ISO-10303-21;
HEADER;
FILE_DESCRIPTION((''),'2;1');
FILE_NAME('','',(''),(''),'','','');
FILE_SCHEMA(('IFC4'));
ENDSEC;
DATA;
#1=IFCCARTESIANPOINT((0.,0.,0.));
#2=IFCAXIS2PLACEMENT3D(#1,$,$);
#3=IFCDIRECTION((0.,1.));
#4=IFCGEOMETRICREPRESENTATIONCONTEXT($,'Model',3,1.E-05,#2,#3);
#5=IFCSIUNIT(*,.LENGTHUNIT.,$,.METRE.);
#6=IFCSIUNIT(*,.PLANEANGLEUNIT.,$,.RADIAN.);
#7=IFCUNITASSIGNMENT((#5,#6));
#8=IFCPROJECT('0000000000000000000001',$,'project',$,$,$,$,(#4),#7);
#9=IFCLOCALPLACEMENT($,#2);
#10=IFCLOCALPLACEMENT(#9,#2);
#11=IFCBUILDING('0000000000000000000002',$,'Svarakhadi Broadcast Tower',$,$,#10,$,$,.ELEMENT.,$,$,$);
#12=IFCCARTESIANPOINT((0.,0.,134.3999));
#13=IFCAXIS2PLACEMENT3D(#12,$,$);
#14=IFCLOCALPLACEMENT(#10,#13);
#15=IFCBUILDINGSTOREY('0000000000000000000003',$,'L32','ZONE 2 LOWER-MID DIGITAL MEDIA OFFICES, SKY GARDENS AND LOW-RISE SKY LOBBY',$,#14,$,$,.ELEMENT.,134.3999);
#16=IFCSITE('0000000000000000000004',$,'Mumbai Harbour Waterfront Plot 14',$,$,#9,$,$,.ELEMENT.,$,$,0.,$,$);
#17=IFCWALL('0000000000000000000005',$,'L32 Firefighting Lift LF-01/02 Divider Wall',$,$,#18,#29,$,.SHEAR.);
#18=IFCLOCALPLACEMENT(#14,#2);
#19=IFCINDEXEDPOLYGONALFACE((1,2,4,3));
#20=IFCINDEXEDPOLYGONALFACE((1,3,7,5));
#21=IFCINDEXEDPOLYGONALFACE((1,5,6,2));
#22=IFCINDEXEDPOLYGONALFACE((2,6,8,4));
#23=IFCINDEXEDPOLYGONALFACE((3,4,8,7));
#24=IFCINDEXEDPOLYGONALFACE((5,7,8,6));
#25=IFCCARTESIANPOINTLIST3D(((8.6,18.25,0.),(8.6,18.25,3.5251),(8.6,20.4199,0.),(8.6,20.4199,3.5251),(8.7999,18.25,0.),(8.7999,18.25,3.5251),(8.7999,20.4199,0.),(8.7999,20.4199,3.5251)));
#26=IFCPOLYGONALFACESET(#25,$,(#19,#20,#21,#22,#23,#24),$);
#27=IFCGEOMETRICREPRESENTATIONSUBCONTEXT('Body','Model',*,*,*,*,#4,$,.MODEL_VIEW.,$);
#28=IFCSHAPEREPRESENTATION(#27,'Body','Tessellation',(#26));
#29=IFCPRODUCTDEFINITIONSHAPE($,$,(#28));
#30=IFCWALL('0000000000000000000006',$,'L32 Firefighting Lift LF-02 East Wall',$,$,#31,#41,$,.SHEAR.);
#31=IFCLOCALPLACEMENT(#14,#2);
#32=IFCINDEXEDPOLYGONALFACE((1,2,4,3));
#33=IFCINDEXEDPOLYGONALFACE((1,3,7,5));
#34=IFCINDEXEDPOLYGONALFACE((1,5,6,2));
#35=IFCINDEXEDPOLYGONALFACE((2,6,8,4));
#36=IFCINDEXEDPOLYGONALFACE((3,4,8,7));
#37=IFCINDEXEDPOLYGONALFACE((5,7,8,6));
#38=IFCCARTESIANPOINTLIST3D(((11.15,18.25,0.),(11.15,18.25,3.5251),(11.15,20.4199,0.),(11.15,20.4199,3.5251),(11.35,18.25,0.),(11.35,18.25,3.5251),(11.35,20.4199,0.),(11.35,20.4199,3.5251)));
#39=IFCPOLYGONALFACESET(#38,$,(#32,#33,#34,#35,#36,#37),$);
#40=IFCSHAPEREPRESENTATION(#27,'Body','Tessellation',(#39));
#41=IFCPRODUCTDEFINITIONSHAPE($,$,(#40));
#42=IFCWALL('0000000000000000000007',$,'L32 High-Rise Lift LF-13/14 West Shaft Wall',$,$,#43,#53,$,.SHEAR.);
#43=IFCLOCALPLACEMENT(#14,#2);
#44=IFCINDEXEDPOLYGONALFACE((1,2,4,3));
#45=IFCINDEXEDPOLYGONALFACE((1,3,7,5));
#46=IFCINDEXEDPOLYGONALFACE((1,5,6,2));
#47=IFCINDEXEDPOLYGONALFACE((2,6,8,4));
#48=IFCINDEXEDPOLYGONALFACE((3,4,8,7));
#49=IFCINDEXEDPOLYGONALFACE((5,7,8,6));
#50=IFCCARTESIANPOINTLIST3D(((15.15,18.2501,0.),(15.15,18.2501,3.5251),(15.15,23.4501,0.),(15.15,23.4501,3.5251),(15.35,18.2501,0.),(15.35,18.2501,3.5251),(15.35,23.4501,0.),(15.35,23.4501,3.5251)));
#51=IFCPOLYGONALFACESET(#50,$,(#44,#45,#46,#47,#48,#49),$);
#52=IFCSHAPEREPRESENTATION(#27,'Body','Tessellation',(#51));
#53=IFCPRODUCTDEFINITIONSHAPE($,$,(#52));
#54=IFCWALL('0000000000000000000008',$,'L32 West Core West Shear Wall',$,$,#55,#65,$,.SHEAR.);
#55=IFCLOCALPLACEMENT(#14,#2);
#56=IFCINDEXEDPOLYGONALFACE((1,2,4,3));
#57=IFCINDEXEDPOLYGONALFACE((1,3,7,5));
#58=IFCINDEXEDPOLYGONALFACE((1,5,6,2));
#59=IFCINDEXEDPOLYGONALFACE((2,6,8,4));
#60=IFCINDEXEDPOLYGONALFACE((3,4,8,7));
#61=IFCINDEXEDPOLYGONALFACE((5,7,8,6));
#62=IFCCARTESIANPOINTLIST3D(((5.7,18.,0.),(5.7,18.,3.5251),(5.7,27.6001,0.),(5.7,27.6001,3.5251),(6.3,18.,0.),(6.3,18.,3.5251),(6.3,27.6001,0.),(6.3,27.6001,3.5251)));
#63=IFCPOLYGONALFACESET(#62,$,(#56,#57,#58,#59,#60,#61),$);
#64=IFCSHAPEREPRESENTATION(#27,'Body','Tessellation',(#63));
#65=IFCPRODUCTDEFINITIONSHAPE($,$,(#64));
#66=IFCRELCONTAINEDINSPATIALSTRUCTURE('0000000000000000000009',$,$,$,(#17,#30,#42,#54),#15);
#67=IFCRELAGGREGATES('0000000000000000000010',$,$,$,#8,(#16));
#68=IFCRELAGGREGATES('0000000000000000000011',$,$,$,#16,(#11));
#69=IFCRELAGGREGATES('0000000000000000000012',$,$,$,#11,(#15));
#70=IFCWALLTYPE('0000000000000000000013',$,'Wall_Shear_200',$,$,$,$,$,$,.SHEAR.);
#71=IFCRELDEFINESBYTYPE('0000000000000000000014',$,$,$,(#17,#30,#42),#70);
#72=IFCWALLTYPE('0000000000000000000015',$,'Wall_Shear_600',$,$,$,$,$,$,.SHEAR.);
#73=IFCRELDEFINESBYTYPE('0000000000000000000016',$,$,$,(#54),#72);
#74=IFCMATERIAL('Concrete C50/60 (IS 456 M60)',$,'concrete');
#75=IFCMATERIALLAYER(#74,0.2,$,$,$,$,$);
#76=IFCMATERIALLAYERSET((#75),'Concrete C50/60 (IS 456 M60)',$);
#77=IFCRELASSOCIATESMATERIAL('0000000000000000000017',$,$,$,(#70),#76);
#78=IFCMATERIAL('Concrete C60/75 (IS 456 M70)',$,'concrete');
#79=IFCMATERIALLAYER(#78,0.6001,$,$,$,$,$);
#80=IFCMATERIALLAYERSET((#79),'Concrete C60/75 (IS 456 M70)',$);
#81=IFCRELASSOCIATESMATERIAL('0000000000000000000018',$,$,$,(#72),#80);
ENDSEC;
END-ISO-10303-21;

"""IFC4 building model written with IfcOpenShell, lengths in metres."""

from ifc_helpers import new_model, si_unit, direction, frame, frame_2d, origin, place, context, subcontext, project, spatial, rectangle, extrude, material, layer, layer_set, type_object, element, save


model = new_model("IFC4")

# Units and contexts
model_context = context("Model", 3, precision=1e-05, world=origin(), true_north=direction((0.0, 1.0)))
body_context = subcontext(model_context, "Body", "Model", "MODEL_VIEW")
ifc_project = project(units=[si_unit("LENGTHUNIT", "METRE"), si_unit("PLANEANGLEUNIT", "RADIAN")], contexts=[model_context])

# Site, building, storey
site_placement = place(None, origin())
site = spatial("IfcSite", under=ifc_project, at=site_placement, Name="Mumbai Harbour Waterfront Plot 14", CompositionType="ELEMENT", RefElevation=0.0)
building_placement = place(site_placement, origin())
building = spatial("IfcBuilding", under=site, at=building_placement, Name="Svarakhadi Broadcast Tower", CompositionType="ELEMENT")
storey_placement = place(building_placement, frame((0.0, 0.0, 134.3999)))
storey = spatial("IfcBuildingStorey", under=building, at=storey_placement, Name="L32", Description="ZONE 2 LOWER-MID DIGITAL MEDIA OFFICES, SKY GARDENS AND LOW-RISE SKY LOBBY", CompositionType="ELEMENT", Elevation=134.3999)

# Shared definitions
ifc_material_1 = material(Name="Concrete C50/60 (IS 456 M60)", Category="concrete")

# Shared definitions
ifc_layer_1 = layer(ifc_material_1, 0.2)
ifc_layer_set_1 = layer_set([ifc_layer_1], Name="Concrete C50/60 (IS 456 M60)")
wall_type_1 = type_object("IfcWallType", Name="Wall_Shear_200", PredefinedType="SHEAR", material=ifc_layer_set_1)

# Walls
for number, where, z_axis, x_axis, name in (
    (1, (8.7, 18.25, 0.0), (0.0, 0.0, 1.0), (0.0, 1.0, 0.0), "L32 Firefighting Lift LF-01/02 Divider Wall"),
    (2, (11.25, 18.25, 0.0), (0.0, 0.0, 1.0), (0.0, 1.0, 0.0), "L32 Firefighting Lift LF-02 East Wall"),
):
    element("IfcWall", number, at=place(storey_placement, frame(where, z_axis=z_axis, x_axis=x_axis)), inside=storey, type_object=wall_type_1, Name=name, PredefinedType="SHEAR", context=body_context, shape_type="SweptSolid", body=[
        extrude(rectangle(XDim=2.1699, YDim=0.2, at=frame_2d((1.085, 0.0))), origin(), (0.0, 0.0, 1.0), 3.5251),
    ])
wall_1_placement = place(storey_placement, frame((15.25, 18.25, 0.0), z_axis=(0.0, 0.0, 1.0), x_axis=(0.0, 1.0, 0.0)))
element("IfcWall", 3, at=wall_1_placement, inside=storey, type_object=wall_type_1, Name="L32 High-Rise Lift LF-13/14 West Shaft Wall", PredefinedType="SHEAR", context=body_context, shape_type="SweptSolid", body=[
    extrude(rectangle(XDim=5.2, YDim=0.2, at=frame_2d((2.6001, 0.0))), origin(), (0.0, 0.0, 1.0), 3.5251),
])
ifc_material_2 = material(Name="Concrete C60/75 (IS 456 M70)", Category="concrete")
ifc_layer_2 = layer(ifc_material_2, 0.6001)
ifc_layer_set_2 = layer_set([ifc_layer_2], Name="Concrete C60/75 (IS 456 M70)")
wall_type_2 = type_object("IfcWallType", Name="Wall_Shear_600", PredefinedType="SHEAR", material=ifc_layer_set_2)
wall_2_placement = place(storey_placement, frame((6.0, 18.0, 0.0), z_axis=(0.0, 0.0, 1.0), x_axis=(0.0, 1.0, 0.0)))
element("IfcWall", 4, at=wall_2_placement, inside=storey, type_object=wall_type_2, Name="L32 West Core West Shear Wall", PredefinedType="SHEAR", context=body_context, shape_type="SweptSolid", body=[
    extrude(rectangle(XDim=9.6001, YDim=0.6001, at=frame_2d((4.8, 0.0))), origin(), (0.0, 0.0, 1.0), 3.5251),
])

save(model, "model.ifc")
